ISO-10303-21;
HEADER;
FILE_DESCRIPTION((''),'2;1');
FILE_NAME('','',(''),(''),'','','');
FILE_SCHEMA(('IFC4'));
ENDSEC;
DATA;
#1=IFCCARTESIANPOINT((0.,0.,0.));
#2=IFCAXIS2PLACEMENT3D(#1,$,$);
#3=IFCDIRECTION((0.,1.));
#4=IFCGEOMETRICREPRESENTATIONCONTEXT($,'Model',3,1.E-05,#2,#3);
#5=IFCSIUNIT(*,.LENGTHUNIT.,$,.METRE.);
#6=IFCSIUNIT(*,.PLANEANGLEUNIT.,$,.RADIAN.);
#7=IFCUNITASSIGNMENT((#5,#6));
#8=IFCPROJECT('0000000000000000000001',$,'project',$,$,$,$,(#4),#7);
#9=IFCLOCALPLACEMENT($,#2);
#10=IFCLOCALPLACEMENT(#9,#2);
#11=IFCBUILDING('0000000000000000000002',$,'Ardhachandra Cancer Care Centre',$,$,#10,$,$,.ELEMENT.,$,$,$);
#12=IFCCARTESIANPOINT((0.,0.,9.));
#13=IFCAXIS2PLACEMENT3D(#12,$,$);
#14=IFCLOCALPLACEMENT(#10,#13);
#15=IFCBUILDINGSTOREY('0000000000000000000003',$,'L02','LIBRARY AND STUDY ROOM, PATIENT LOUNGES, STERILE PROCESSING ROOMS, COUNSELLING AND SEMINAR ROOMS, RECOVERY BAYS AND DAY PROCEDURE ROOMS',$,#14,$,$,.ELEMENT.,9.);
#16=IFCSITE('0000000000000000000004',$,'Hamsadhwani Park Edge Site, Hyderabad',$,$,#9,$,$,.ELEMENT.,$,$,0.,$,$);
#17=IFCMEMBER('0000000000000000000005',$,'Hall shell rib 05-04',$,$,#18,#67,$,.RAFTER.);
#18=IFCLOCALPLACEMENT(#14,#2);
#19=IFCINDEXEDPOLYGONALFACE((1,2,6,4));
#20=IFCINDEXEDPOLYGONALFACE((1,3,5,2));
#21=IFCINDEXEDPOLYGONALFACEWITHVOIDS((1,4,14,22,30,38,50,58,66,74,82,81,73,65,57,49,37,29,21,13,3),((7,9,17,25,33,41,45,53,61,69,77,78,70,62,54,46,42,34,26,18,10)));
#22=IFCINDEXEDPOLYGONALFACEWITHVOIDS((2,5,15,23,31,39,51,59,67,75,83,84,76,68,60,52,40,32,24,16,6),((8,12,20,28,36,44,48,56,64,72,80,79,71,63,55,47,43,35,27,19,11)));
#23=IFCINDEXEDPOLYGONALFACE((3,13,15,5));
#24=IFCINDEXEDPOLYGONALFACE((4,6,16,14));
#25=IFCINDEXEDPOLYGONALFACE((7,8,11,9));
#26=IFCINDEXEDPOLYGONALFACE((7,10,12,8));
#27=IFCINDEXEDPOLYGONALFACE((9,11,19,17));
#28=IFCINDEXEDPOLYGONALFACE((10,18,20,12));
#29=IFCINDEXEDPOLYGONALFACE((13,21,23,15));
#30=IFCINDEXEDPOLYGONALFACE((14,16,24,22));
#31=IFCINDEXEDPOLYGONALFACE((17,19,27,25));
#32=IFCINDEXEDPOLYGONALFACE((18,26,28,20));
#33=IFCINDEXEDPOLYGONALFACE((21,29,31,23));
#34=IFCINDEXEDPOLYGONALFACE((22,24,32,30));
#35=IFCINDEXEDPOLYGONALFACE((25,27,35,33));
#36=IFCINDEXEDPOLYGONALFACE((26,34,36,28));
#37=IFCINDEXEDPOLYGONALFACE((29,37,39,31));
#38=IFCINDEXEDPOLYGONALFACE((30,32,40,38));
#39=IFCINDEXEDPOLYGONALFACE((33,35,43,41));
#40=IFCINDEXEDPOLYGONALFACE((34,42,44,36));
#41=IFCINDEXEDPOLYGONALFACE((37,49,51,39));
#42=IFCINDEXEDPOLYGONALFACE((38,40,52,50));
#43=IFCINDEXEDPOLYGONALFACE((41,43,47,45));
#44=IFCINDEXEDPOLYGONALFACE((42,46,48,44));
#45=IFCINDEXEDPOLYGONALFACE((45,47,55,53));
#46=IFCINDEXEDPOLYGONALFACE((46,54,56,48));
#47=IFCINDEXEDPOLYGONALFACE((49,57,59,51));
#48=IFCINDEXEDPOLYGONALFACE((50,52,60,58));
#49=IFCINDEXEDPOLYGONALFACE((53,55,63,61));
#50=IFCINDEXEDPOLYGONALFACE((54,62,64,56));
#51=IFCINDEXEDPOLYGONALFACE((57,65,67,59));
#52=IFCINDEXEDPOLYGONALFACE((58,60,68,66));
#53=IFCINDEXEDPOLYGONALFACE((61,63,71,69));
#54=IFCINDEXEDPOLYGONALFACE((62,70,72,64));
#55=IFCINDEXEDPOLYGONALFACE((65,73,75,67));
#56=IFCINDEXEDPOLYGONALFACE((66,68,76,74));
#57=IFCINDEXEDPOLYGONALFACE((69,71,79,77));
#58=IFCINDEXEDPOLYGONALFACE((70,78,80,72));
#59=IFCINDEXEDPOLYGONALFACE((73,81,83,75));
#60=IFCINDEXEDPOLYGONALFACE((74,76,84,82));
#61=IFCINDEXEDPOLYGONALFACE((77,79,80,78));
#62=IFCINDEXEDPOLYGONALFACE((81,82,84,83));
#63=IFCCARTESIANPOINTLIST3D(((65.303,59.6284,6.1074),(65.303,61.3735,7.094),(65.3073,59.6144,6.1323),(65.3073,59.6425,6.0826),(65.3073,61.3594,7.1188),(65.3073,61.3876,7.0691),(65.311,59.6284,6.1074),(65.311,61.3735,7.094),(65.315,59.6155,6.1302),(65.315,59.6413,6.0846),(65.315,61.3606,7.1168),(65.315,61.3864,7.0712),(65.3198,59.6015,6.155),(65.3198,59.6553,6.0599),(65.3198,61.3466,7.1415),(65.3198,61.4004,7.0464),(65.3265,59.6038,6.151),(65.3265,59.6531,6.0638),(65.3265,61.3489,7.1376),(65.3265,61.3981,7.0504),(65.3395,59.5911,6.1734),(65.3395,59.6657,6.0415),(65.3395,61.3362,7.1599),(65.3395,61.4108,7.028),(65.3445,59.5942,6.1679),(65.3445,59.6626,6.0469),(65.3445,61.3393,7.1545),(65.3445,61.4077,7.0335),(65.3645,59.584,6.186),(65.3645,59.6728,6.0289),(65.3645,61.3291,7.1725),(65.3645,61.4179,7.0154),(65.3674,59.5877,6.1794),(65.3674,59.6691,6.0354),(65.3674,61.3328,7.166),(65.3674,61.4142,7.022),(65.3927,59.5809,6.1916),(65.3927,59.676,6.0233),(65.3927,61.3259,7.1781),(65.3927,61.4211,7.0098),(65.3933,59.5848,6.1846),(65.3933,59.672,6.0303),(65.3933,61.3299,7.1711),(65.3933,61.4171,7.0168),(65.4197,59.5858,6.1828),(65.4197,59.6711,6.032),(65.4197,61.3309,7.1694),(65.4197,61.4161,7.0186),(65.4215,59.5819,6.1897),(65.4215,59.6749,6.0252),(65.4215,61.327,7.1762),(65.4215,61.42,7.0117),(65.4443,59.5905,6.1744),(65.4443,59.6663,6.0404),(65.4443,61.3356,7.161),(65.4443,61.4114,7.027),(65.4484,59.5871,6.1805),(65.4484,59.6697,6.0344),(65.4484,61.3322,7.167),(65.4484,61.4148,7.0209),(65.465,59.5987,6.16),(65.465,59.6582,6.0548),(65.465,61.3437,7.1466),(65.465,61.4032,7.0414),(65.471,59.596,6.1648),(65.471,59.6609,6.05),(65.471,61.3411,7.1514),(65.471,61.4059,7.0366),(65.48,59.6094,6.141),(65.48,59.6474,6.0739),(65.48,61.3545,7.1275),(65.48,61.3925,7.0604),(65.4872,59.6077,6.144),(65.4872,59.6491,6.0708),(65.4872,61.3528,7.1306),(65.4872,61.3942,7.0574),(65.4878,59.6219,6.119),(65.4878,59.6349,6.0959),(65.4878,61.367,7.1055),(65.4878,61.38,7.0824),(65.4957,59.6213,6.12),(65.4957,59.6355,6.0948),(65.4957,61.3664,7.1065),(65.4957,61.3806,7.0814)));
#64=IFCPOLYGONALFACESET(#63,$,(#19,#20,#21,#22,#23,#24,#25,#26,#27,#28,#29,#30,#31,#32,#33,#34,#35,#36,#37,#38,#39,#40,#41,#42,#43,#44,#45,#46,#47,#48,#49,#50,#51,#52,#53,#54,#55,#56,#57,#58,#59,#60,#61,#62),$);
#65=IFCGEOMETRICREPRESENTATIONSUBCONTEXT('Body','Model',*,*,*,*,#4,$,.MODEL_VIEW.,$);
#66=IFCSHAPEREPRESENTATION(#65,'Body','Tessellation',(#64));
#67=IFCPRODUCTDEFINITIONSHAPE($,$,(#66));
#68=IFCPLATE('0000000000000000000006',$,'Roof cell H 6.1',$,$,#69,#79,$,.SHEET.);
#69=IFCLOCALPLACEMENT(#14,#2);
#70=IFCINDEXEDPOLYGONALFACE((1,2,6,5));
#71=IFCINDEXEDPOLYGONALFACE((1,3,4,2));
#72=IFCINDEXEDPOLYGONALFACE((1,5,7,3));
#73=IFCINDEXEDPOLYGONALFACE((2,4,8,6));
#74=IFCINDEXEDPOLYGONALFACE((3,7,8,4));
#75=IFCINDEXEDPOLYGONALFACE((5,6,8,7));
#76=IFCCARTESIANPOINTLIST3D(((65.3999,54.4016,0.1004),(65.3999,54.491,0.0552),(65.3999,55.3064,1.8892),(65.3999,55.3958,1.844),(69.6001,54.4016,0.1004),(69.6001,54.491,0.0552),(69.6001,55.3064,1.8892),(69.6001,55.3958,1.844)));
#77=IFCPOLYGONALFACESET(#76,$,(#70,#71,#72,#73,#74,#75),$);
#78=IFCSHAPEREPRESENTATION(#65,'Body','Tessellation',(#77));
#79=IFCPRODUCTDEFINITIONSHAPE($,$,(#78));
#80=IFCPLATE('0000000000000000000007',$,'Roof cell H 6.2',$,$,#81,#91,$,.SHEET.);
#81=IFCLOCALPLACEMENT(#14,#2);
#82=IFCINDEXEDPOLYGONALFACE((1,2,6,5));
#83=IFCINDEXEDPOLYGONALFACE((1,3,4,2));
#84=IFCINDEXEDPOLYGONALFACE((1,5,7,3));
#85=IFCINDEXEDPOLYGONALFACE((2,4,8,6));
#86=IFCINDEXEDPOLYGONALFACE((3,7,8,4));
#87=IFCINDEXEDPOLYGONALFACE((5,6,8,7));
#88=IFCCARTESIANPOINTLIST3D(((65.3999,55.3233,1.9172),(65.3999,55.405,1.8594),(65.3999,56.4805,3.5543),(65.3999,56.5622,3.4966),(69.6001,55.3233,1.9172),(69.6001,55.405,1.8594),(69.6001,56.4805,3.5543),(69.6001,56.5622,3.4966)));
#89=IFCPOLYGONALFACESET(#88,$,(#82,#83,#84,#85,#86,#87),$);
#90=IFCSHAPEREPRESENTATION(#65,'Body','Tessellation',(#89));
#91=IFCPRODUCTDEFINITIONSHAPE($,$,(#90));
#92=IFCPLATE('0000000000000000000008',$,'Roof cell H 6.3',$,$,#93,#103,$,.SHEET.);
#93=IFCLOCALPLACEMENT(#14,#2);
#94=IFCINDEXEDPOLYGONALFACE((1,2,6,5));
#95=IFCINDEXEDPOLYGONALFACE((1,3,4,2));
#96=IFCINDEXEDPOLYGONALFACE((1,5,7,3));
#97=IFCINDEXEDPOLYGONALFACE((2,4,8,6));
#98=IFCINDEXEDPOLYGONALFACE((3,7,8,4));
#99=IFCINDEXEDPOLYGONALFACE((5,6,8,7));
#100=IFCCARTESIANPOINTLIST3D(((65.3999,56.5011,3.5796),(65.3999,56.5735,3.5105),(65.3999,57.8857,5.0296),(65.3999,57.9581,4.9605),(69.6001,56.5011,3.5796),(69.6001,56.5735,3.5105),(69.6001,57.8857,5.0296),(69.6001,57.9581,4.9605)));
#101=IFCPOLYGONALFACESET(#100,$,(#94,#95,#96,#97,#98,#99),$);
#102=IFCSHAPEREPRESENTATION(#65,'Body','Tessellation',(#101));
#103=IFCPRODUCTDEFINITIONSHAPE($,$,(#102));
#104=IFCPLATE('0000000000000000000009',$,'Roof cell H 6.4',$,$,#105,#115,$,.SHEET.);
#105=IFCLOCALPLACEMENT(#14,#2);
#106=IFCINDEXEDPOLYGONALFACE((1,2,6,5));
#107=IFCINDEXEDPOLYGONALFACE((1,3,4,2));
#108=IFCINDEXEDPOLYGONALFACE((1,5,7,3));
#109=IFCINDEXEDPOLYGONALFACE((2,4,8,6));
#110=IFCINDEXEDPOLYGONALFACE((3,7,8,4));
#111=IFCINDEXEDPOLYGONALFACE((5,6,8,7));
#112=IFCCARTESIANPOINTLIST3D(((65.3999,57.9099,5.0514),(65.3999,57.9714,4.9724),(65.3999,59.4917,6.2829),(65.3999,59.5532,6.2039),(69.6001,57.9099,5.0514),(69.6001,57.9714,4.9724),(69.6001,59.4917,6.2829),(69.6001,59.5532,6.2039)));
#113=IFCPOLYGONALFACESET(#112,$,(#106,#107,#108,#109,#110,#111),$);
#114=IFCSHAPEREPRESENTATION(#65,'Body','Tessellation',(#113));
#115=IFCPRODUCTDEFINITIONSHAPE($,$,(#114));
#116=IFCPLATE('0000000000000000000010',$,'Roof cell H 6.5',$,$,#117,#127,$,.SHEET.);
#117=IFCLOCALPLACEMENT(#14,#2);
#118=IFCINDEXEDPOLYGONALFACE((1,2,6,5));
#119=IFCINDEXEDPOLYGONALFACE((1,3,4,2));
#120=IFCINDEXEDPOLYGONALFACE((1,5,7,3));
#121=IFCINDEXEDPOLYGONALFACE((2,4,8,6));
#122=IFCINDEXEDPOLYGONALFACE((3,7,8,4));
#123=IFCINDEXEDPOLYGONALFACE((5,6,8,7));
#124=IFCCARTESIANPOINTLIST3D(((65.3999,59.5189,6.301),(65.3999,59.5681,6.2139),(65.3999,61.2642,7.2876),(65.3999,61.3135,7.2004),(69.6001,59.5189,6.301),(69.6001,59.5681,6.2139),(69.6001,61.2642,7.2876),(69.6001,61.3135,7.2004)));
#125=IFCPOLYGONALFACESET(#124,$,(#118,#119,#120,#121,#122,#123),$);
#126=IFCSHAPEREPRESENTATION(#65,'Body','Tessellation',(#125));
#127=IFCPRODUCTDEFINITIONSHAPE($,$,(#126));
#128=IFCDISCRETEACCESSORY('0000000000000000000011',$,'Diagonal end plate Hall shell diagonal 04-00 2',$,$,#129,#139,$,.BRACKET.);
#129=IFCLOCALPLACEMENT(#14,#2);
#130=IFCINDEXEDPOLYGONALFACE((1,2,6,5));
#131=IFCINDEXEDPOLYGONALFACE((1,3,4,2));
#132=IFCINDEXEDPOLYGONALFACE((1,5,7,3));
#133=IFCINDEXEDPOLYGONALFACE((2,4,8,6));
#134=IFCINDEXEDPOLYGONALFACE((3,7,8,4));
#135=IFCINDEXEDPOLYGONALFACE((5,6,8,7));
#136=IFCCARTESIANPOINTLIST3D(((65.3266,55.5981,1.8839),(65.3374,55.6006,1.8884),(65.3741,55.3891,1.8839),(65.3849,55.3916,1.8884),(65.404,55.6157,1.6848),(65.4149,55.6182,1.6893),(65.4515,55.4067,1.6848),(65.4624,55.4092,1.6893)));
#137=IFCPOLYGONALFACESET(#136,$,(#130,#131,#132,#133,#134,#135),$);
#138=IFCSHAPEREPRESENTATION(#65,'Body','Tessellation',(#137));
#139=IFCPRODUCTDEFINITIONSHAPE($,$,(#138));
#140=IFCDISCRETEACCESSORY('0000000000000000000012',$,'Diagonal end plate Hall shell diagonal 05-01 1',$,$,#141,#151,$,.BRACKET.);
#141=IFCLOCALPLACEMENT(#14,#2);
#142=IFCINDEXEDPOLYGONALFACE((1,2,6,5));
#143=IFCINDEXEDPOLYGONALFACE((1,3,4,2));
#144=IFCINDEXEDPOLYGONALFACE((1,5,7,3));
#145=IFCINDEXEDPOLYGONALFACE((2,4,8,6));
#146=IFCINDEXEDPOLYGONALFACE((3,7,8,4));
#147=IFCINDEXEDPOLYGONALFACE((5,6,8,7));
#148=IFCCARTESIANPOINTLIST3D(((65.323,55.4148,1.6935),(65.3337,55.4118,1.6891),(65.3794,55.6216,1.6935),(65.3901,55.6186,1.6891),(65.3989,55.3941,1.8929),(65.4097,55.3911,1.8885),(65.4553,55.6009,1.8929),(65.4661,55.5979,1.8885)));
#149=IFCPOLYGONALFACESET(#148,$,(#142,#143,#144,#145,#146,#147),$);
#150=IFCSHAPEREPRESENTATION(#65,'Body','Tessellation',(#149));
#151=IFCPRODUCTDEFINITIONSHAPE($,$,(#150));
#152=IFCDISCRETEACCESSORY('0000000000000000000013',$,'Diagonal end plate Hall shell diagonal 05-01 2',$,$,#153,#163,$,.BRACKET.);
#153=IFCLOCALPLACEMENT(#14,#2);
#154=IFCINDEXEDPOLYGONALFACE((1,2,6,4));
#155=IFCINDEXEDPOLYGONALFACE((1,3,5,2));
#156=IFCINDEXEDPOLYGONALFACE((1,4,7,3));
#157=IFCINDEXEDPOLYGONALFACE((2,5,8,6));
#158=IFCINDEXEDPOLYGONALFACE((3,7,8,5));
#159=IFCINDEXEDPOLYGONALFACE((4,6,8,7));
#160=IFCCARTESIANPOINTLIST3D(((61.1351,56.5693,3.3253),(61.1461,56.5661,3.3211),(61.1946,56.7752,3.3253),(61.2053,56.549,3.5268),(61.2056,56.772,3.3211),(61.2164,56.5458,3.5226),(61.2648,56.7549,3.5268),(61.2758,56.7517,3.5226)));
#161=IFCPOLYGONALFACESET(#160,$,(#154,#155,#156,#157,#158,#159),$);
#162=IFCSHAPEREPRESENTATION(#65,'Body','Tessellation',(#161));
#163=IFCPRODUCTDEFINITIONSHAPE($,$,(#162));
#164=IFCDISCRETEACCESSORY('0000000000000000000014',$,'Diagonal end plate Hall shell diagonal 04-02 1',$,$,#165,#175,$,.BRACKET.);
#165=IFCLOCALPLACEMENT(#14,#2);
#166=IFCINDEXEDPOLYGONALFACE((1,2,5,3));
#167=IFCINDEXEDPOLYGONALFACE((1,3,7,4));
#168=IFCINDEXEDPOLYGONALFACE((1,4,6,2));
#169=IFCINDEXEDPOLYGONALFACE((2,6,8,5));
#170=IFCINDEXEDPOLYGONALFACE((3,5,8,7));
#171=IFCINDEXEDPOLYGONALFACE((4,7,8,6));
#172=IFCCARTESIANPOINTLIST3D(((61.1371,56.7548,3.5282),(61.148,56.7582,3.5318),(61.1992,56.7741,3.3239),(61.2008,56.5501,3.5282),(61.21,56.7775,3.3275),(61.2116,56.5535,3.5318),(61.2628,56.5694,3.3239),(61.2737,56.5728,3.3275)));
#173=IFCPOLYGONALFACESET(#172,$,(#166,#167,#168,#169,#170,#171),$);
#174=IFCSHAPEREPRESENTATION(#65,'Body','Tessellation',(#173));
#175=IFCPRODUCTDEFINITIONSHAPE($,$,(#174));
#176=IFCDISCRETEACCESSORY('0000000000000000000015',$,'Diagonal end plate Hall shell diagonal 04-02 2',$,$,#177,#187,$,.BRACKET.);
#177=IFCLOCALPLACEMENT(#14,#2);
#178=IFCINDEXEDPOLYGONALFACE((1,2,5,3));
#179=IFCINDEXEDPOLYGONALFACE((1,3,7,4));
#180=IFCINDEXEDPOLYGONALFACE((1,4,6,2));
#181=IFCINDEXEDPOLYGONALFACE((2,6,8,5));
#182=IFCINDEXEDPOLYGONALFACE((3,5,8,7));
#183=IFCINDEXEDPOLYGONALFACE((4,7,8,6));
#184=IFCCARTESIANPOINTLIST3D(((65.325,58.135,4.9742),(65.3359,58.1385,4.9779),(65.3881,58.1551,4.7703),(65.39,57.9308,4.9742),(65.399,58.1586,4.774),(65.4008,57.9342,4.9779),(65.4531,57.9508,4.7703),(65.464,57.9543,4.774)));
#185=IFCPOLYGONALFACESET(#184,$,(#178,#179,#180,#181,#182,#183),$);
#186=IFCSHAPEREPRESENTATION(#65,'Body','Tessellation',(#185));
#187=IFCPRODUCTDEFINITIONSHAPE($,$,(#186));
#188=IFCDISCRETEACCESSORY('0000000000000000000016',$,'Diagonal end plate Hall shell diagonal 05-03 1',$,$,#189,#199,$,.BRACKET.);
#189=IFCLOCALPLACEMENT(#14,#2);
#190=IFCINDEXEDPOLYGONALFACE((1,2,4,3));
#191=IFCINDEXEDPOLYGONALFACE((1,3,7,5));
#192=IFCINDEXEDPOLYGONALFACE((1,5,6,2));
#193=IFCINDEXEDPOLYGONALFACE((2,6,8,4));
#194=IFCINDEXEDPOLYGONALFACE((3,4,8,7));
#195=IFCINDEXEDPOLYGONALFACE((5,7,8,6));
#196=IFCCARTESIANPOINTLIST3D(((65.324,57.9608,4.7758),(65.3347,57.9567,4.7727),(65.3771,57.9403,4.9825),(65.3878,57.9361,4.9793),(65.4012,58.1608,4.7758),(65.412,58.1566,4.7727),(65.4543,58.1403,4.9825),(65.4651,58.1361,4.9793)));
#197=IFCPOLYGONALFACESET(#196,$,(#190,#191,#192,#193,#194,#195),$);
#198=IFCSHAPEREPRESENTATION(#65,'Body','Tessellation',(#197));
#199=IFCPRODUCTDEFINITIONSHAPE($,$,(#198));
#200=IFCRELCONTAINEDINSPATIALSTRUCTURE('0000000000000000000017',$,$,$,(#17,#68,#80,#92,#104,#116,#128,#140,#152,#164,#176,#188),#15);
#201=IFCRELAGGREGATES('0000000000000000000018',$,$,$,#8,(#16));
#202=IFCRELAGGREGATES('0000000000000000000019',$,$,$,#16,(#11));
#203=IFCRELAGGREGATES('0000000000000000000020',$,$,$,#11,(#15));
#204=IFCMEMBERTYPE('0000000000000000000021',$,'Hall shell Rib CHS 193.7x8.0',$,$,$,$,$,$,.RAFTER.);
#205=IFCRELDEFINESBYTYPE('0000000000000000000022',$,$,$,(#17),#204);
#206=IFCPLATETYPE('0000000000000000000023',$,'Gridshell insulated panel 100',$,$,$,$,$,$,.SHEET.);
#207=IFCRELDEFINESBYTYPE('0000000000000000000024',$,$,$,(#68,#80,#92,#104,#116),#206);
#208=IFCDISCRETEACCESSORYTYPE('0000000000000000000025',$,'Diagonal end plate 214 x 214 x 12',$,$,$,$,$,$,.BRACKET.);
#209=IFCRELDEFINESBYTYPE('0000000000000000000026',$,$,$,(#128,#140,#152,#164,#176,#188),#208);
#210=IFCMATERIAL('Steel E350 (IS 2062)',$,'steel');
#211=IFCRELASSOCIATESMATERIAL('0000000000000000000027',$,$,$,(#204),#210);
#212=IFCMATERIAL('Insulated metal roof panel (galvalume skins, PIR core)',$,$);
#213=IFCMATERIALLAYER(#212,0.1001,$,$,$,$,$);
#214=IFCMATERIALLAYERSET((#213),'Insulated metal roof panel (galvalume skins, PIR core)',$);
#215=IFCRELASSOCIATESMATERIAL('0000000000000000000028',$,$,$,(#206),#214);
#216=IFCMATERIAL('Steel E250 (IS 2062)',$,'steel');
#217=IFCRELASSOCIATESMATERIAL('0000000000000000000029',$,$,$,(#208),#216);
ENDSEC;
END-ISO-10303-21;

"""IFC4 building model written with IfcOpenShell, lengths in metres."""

from ifc_helpers import new_model, si_unit, direction, frame, origin, origin_2d, place, context, subcontext, project, spatial, polyline, rectangle, hollow_circle, outline, extrude, material, layer, layer_set, material_profile, profile_set, type_object, element, save


model = new_model("IFC4")

# Units and contexts
model_context = context("Model", 3, precision=1e-05, world=origin(), true_north=direction((0.0, 1.0)))
body_context = subcontext(model_context, "Body", "Model", "MODEL_VIEW")
ifc_project = project(units=[si_unit("LENGTHUNIT", "METRE"), si_unit("PLANEANGLEUNIT", "RADIAN")], contexts=[model_context])

# Site, building, storey
site_placement = place(None, origin())
site = spatial("IfcSite", under=ifc_project, at=site_placement, Name="Hamsadhwani Park Edge Site, Hyderabad", CompositionType="ELEMENT", RefElevation=0.0)
building_placement = place(site_placement, origin())
building = spatial("IfcBuilding", under=site, at=building_placement, Name="Ardhachandra Cancer Care Centre", CompositionType="ELEMENT")
storey_placement = place(building_placement, frame((0.0, 0.0, 9.0)))
storey = spatial("IfcBuildingStorey", under=building, at=storey_placement, Name="L02", Description="LIBRARY AND STUDY ROOM, PATIENT LOUNGES, STERILE PROCESSING ROOMS, COUNSELLING AND SEMINAR ROOMS, RECOVERY BAYS AND DAY PROCEDURE ROOMS", CompositionType="ELEMENT", Elevation=9.0)

# Member
ifc_material_1 = material(Name="Steel E350 (IS 2062)", Category="steel")
ifc_material_profile_1 = material_profile(ifc_material_1, hollow_circle(Radius=0.0969, WallThickness=0.0081, at=origin_2d()), Name="CHS 193.7x8.0")
ifc_profile_set_1 = profile_set([ifc_material_profile_1], Name="Steel E350 (IS 2062)")
member_type_1 = type_object("IfcMemberType", Name="Hall shell Rib CHS 193.7x8.0", PredefinedType="RAFTER", material=ifc_profile_set_1)
member_1_placement = place(storey_placement, frame((65.3999, 59.6284, 6.1074), z_axis=(0.0, 0.87052, 0.492134), x_axis=(-1.0, 0.0, 0.0)))
element("IfcMember", 1, at=member_1_placement, inside=storey, type_object=member_type_1, Name="Hall shell rib 05-04", PredefinedType="RAFTER", context=body_context, shape_type="SweptSolid", body=[
    extrude(hollow_circle(Radius=0.0969, WallThickness=0.0081, at=origin_2d()), origin(), (0.0, 0.0, 1.0), 2.0046),
])

# Plates
ifc_material_2 = material(Name="Insulated metal roof panel (galvalume skins, PIR core)")
ifc_layer = layer(ifc_material_2, 0.1001)
ifc_layer_set = layer_set([ifc_layer], Name="Insulated metal roof panel (galvalume skins, PIR core)")
plate_type = type_object("IfcPlateType", Name="Gridshell insulated panel 100", PredefinedType="SHEET", material=ifc_layer_set)
plate_1_placement = place(storey_placement, frame((65.3999, 54.491, 0.0552), z_axis=(0.0, -0.892347, 0.45135), x_axis=(1.0, 0.0, 0.0)))
element("IfcPlate", 2, at=plate_1_placement, inside=storey, type_object=plate_type, Name="Roof cell H 6.1", PredefinedType="SHEET", context=body_context, shape_type="SweptSolid", body=[
    extrude(outline(polyline([(0.0, 0.0), (4.2002, 0.0), (4.2002, 2.0046), (0.0, 2.0046), (0.0, 0.0)])), origin(), (0.0, 0.0, 1.0), 0.1001),
])
for number, where, z_axis, x_axis, name in (
    (3, (65.3999, 55.405, 1.8594), (0.0, -0.816603, 0.577199), (1.0, 0.0, 0.0), "Roof cell H 6.2"),
    (4, (65.3999, 56.5735, 3.5105), (0.0, -0.723237, 0.6906), (1.0, 0.0, 0.0), "Roof cell H 6.3"),
):
    element("IfcPlate", number, at=place(storey_placement, frame(where, z_axis=z_axis, x_axis=x_axis)), inside=storey, type_object=plate_type, Name=name, PredefinedType="SHEET", context=body_context, shape_type="SweptSolid", body=[
        extrude(outline(polyline([(0.0, 0.0), (4.2002, 0.0), (4.2002, 2.0049), (0.0, 2.0049), (0.0, 0.0)])), origin(), (0.0, 0.0, 1.0), 0.1001),
    ])
plate_2_placement = place(storey_placement, frame((65.3999, 57.9714, 4.9724), z_axis=(0.0, -0.614303, 0.78907), x_axis=(1.0, 0.0, 0.0)))
element("IfcPlate", 5, at=plate_2_placement, inside=storey, type_object=plate_type, Name="Roof cell H 6.4", PredefinedType="SHEET", context=body_context, shape_type="SweptSolid", body=[
    extrude(outline(polyline([(0.0, 0.0), (4.2002, 0.0), (4.2002, 2.0046), (0.0, 2.0046), (0.0, 0.0)])), origin(), (0.0, 0.0, 1.0), 0.1001),
])
plate_3_placement = place(storey_placement, frame((65.3999, 59.5681, 6.2139), z_axis=(0.0, -0.492081, 0.870549), x_axis=(1.0, 0.0, 0.0)))
element("IfcPlate", 6, at=plate_3_placement, inside=storey, type_object=plate_type, Name="Roof cell H 6.5", PredefinedType="SHEET", context=body_context, shape_type="SweptSolid", body=[
    extrude(outline(polyline([(0.0, 0.0), (4.2002, 0.0), (4.2002, 2.0049), (0.0, 2.0049), (0.0, 0.0)])), origin(), (0.0, 0.0, 1.0), 0.1001),
])

# Discrete accessories
ifc_material_3 = material(Name="Steel E250 (IS 2062)", Category="steel")
ifc_material_profile_2 = material_profile(ifc_material_3, rectangle(XDim=0.2144, YDim=0.2144, at=origin_2d()), Name="PL 214x214x12")
ifc_profile_set_2 = profile_set([ifc_material_profile_2], Name="Steel E250 (IS 2062)")
discrete_accessory_type = type_object("IfcDiscreteAccessoryType", Name="Diagonal end plate 214 x 214 x 12", PredefinedType="BRACKET", material=ifc_profile_set_2)
for number, where, z_axis, x_axis, name in (
    (7, (65.3999, 55.5049, 1.7888), (-0.905726, -0.205847, -0.370524), (0.221621, -0.975133, 0.0), "Diagonal end plate Hall shell diagonal 04-00 2"),
    (8, (65.3999, 55.5049, 1.7888), (-0.897399, 0.244745, 0.367118), (-0.263117, -0.964764, 0.0), "Diagonal end plate Hall shell diagonal 05-01 1"),
):
    element("IfcDiscreteAccessory", number, at=place(storey_placement, frame(where, z_axis=z_axis, x_axis=x_axis)), inside=storey, type_object=discrete_accessory_type, Name=name, PredefinedType="BRACKET", context=body_context, shape_type="SweptSolid", body=[
        extrude(rectangle(XDim=0.2144, YDim=0.2144, at=origin_2d()), origin(), (0.0, 0.0, 1.0), 0.012),
    ])
discrete_accessory_1_placement = place(storey_placement, frame((61.2, 56.6621, 3.426), z_axis=(0.903076, -0.260889, -0.341162), x_axis=(0.27754, 0.960714, 0.0)))
element("IfcDiscreteAccessory", 9, at=discrete_accessory_1_placement, inside=storey, type_object=discrete_accessory_type, Name="Diagonal end plate Hall shell diagonal 05-01 2", PredefinedType="BRACKET", context=body_context, shape_type="SweptSolid", body=[
    extrude(rectangle(XDim=0.2144, YDim=0.2144, at=origin_2d()), origin(), (0.0, 0.0, 1.0), 0.0122),
])
for number, where, z_axis, x_axis, name in (
    (10, (61.2, 56.6621, 3.426), (0.90988, 0.283074, 0.303293), (-0.297067, 0.954857, 0.0), "Diagonal end plate Hall shell diagonal 04-02 1"),
    (11, (65.3999, 58.0464, 4.876), (-0.906302, -0.288369, -0.308967), (0.303204, -0.952926, 0.0), "Diagonal end plate Hall shell diagonal 04-02 2"),
    (12, (65.3999, 58.0464, 4.876), (-0.899271, 0.347446, 0.265694), (-0.360399, -0.932798, 0.0), "Diagonal end plate Hall shell diagonal 05-03 1"),
):
    element("IfcDiscreteAccessory", number, at=place(storey_placement, frame(where, z_axis=z_axis, x_axis=x_axis)), inside=storey, type_object=discrete_accessory_type, Name=name, PredefinedType="BRACKET", context=body_context, shape_type="SweptSolid", body=[
        extrude(rectangle(XDim=0.2144, YDim=0.2144, at=origin_2d()), origin(), (0.0, 0.0, 1.0), 0.012),
    ])

save(model, "model.ifc")
